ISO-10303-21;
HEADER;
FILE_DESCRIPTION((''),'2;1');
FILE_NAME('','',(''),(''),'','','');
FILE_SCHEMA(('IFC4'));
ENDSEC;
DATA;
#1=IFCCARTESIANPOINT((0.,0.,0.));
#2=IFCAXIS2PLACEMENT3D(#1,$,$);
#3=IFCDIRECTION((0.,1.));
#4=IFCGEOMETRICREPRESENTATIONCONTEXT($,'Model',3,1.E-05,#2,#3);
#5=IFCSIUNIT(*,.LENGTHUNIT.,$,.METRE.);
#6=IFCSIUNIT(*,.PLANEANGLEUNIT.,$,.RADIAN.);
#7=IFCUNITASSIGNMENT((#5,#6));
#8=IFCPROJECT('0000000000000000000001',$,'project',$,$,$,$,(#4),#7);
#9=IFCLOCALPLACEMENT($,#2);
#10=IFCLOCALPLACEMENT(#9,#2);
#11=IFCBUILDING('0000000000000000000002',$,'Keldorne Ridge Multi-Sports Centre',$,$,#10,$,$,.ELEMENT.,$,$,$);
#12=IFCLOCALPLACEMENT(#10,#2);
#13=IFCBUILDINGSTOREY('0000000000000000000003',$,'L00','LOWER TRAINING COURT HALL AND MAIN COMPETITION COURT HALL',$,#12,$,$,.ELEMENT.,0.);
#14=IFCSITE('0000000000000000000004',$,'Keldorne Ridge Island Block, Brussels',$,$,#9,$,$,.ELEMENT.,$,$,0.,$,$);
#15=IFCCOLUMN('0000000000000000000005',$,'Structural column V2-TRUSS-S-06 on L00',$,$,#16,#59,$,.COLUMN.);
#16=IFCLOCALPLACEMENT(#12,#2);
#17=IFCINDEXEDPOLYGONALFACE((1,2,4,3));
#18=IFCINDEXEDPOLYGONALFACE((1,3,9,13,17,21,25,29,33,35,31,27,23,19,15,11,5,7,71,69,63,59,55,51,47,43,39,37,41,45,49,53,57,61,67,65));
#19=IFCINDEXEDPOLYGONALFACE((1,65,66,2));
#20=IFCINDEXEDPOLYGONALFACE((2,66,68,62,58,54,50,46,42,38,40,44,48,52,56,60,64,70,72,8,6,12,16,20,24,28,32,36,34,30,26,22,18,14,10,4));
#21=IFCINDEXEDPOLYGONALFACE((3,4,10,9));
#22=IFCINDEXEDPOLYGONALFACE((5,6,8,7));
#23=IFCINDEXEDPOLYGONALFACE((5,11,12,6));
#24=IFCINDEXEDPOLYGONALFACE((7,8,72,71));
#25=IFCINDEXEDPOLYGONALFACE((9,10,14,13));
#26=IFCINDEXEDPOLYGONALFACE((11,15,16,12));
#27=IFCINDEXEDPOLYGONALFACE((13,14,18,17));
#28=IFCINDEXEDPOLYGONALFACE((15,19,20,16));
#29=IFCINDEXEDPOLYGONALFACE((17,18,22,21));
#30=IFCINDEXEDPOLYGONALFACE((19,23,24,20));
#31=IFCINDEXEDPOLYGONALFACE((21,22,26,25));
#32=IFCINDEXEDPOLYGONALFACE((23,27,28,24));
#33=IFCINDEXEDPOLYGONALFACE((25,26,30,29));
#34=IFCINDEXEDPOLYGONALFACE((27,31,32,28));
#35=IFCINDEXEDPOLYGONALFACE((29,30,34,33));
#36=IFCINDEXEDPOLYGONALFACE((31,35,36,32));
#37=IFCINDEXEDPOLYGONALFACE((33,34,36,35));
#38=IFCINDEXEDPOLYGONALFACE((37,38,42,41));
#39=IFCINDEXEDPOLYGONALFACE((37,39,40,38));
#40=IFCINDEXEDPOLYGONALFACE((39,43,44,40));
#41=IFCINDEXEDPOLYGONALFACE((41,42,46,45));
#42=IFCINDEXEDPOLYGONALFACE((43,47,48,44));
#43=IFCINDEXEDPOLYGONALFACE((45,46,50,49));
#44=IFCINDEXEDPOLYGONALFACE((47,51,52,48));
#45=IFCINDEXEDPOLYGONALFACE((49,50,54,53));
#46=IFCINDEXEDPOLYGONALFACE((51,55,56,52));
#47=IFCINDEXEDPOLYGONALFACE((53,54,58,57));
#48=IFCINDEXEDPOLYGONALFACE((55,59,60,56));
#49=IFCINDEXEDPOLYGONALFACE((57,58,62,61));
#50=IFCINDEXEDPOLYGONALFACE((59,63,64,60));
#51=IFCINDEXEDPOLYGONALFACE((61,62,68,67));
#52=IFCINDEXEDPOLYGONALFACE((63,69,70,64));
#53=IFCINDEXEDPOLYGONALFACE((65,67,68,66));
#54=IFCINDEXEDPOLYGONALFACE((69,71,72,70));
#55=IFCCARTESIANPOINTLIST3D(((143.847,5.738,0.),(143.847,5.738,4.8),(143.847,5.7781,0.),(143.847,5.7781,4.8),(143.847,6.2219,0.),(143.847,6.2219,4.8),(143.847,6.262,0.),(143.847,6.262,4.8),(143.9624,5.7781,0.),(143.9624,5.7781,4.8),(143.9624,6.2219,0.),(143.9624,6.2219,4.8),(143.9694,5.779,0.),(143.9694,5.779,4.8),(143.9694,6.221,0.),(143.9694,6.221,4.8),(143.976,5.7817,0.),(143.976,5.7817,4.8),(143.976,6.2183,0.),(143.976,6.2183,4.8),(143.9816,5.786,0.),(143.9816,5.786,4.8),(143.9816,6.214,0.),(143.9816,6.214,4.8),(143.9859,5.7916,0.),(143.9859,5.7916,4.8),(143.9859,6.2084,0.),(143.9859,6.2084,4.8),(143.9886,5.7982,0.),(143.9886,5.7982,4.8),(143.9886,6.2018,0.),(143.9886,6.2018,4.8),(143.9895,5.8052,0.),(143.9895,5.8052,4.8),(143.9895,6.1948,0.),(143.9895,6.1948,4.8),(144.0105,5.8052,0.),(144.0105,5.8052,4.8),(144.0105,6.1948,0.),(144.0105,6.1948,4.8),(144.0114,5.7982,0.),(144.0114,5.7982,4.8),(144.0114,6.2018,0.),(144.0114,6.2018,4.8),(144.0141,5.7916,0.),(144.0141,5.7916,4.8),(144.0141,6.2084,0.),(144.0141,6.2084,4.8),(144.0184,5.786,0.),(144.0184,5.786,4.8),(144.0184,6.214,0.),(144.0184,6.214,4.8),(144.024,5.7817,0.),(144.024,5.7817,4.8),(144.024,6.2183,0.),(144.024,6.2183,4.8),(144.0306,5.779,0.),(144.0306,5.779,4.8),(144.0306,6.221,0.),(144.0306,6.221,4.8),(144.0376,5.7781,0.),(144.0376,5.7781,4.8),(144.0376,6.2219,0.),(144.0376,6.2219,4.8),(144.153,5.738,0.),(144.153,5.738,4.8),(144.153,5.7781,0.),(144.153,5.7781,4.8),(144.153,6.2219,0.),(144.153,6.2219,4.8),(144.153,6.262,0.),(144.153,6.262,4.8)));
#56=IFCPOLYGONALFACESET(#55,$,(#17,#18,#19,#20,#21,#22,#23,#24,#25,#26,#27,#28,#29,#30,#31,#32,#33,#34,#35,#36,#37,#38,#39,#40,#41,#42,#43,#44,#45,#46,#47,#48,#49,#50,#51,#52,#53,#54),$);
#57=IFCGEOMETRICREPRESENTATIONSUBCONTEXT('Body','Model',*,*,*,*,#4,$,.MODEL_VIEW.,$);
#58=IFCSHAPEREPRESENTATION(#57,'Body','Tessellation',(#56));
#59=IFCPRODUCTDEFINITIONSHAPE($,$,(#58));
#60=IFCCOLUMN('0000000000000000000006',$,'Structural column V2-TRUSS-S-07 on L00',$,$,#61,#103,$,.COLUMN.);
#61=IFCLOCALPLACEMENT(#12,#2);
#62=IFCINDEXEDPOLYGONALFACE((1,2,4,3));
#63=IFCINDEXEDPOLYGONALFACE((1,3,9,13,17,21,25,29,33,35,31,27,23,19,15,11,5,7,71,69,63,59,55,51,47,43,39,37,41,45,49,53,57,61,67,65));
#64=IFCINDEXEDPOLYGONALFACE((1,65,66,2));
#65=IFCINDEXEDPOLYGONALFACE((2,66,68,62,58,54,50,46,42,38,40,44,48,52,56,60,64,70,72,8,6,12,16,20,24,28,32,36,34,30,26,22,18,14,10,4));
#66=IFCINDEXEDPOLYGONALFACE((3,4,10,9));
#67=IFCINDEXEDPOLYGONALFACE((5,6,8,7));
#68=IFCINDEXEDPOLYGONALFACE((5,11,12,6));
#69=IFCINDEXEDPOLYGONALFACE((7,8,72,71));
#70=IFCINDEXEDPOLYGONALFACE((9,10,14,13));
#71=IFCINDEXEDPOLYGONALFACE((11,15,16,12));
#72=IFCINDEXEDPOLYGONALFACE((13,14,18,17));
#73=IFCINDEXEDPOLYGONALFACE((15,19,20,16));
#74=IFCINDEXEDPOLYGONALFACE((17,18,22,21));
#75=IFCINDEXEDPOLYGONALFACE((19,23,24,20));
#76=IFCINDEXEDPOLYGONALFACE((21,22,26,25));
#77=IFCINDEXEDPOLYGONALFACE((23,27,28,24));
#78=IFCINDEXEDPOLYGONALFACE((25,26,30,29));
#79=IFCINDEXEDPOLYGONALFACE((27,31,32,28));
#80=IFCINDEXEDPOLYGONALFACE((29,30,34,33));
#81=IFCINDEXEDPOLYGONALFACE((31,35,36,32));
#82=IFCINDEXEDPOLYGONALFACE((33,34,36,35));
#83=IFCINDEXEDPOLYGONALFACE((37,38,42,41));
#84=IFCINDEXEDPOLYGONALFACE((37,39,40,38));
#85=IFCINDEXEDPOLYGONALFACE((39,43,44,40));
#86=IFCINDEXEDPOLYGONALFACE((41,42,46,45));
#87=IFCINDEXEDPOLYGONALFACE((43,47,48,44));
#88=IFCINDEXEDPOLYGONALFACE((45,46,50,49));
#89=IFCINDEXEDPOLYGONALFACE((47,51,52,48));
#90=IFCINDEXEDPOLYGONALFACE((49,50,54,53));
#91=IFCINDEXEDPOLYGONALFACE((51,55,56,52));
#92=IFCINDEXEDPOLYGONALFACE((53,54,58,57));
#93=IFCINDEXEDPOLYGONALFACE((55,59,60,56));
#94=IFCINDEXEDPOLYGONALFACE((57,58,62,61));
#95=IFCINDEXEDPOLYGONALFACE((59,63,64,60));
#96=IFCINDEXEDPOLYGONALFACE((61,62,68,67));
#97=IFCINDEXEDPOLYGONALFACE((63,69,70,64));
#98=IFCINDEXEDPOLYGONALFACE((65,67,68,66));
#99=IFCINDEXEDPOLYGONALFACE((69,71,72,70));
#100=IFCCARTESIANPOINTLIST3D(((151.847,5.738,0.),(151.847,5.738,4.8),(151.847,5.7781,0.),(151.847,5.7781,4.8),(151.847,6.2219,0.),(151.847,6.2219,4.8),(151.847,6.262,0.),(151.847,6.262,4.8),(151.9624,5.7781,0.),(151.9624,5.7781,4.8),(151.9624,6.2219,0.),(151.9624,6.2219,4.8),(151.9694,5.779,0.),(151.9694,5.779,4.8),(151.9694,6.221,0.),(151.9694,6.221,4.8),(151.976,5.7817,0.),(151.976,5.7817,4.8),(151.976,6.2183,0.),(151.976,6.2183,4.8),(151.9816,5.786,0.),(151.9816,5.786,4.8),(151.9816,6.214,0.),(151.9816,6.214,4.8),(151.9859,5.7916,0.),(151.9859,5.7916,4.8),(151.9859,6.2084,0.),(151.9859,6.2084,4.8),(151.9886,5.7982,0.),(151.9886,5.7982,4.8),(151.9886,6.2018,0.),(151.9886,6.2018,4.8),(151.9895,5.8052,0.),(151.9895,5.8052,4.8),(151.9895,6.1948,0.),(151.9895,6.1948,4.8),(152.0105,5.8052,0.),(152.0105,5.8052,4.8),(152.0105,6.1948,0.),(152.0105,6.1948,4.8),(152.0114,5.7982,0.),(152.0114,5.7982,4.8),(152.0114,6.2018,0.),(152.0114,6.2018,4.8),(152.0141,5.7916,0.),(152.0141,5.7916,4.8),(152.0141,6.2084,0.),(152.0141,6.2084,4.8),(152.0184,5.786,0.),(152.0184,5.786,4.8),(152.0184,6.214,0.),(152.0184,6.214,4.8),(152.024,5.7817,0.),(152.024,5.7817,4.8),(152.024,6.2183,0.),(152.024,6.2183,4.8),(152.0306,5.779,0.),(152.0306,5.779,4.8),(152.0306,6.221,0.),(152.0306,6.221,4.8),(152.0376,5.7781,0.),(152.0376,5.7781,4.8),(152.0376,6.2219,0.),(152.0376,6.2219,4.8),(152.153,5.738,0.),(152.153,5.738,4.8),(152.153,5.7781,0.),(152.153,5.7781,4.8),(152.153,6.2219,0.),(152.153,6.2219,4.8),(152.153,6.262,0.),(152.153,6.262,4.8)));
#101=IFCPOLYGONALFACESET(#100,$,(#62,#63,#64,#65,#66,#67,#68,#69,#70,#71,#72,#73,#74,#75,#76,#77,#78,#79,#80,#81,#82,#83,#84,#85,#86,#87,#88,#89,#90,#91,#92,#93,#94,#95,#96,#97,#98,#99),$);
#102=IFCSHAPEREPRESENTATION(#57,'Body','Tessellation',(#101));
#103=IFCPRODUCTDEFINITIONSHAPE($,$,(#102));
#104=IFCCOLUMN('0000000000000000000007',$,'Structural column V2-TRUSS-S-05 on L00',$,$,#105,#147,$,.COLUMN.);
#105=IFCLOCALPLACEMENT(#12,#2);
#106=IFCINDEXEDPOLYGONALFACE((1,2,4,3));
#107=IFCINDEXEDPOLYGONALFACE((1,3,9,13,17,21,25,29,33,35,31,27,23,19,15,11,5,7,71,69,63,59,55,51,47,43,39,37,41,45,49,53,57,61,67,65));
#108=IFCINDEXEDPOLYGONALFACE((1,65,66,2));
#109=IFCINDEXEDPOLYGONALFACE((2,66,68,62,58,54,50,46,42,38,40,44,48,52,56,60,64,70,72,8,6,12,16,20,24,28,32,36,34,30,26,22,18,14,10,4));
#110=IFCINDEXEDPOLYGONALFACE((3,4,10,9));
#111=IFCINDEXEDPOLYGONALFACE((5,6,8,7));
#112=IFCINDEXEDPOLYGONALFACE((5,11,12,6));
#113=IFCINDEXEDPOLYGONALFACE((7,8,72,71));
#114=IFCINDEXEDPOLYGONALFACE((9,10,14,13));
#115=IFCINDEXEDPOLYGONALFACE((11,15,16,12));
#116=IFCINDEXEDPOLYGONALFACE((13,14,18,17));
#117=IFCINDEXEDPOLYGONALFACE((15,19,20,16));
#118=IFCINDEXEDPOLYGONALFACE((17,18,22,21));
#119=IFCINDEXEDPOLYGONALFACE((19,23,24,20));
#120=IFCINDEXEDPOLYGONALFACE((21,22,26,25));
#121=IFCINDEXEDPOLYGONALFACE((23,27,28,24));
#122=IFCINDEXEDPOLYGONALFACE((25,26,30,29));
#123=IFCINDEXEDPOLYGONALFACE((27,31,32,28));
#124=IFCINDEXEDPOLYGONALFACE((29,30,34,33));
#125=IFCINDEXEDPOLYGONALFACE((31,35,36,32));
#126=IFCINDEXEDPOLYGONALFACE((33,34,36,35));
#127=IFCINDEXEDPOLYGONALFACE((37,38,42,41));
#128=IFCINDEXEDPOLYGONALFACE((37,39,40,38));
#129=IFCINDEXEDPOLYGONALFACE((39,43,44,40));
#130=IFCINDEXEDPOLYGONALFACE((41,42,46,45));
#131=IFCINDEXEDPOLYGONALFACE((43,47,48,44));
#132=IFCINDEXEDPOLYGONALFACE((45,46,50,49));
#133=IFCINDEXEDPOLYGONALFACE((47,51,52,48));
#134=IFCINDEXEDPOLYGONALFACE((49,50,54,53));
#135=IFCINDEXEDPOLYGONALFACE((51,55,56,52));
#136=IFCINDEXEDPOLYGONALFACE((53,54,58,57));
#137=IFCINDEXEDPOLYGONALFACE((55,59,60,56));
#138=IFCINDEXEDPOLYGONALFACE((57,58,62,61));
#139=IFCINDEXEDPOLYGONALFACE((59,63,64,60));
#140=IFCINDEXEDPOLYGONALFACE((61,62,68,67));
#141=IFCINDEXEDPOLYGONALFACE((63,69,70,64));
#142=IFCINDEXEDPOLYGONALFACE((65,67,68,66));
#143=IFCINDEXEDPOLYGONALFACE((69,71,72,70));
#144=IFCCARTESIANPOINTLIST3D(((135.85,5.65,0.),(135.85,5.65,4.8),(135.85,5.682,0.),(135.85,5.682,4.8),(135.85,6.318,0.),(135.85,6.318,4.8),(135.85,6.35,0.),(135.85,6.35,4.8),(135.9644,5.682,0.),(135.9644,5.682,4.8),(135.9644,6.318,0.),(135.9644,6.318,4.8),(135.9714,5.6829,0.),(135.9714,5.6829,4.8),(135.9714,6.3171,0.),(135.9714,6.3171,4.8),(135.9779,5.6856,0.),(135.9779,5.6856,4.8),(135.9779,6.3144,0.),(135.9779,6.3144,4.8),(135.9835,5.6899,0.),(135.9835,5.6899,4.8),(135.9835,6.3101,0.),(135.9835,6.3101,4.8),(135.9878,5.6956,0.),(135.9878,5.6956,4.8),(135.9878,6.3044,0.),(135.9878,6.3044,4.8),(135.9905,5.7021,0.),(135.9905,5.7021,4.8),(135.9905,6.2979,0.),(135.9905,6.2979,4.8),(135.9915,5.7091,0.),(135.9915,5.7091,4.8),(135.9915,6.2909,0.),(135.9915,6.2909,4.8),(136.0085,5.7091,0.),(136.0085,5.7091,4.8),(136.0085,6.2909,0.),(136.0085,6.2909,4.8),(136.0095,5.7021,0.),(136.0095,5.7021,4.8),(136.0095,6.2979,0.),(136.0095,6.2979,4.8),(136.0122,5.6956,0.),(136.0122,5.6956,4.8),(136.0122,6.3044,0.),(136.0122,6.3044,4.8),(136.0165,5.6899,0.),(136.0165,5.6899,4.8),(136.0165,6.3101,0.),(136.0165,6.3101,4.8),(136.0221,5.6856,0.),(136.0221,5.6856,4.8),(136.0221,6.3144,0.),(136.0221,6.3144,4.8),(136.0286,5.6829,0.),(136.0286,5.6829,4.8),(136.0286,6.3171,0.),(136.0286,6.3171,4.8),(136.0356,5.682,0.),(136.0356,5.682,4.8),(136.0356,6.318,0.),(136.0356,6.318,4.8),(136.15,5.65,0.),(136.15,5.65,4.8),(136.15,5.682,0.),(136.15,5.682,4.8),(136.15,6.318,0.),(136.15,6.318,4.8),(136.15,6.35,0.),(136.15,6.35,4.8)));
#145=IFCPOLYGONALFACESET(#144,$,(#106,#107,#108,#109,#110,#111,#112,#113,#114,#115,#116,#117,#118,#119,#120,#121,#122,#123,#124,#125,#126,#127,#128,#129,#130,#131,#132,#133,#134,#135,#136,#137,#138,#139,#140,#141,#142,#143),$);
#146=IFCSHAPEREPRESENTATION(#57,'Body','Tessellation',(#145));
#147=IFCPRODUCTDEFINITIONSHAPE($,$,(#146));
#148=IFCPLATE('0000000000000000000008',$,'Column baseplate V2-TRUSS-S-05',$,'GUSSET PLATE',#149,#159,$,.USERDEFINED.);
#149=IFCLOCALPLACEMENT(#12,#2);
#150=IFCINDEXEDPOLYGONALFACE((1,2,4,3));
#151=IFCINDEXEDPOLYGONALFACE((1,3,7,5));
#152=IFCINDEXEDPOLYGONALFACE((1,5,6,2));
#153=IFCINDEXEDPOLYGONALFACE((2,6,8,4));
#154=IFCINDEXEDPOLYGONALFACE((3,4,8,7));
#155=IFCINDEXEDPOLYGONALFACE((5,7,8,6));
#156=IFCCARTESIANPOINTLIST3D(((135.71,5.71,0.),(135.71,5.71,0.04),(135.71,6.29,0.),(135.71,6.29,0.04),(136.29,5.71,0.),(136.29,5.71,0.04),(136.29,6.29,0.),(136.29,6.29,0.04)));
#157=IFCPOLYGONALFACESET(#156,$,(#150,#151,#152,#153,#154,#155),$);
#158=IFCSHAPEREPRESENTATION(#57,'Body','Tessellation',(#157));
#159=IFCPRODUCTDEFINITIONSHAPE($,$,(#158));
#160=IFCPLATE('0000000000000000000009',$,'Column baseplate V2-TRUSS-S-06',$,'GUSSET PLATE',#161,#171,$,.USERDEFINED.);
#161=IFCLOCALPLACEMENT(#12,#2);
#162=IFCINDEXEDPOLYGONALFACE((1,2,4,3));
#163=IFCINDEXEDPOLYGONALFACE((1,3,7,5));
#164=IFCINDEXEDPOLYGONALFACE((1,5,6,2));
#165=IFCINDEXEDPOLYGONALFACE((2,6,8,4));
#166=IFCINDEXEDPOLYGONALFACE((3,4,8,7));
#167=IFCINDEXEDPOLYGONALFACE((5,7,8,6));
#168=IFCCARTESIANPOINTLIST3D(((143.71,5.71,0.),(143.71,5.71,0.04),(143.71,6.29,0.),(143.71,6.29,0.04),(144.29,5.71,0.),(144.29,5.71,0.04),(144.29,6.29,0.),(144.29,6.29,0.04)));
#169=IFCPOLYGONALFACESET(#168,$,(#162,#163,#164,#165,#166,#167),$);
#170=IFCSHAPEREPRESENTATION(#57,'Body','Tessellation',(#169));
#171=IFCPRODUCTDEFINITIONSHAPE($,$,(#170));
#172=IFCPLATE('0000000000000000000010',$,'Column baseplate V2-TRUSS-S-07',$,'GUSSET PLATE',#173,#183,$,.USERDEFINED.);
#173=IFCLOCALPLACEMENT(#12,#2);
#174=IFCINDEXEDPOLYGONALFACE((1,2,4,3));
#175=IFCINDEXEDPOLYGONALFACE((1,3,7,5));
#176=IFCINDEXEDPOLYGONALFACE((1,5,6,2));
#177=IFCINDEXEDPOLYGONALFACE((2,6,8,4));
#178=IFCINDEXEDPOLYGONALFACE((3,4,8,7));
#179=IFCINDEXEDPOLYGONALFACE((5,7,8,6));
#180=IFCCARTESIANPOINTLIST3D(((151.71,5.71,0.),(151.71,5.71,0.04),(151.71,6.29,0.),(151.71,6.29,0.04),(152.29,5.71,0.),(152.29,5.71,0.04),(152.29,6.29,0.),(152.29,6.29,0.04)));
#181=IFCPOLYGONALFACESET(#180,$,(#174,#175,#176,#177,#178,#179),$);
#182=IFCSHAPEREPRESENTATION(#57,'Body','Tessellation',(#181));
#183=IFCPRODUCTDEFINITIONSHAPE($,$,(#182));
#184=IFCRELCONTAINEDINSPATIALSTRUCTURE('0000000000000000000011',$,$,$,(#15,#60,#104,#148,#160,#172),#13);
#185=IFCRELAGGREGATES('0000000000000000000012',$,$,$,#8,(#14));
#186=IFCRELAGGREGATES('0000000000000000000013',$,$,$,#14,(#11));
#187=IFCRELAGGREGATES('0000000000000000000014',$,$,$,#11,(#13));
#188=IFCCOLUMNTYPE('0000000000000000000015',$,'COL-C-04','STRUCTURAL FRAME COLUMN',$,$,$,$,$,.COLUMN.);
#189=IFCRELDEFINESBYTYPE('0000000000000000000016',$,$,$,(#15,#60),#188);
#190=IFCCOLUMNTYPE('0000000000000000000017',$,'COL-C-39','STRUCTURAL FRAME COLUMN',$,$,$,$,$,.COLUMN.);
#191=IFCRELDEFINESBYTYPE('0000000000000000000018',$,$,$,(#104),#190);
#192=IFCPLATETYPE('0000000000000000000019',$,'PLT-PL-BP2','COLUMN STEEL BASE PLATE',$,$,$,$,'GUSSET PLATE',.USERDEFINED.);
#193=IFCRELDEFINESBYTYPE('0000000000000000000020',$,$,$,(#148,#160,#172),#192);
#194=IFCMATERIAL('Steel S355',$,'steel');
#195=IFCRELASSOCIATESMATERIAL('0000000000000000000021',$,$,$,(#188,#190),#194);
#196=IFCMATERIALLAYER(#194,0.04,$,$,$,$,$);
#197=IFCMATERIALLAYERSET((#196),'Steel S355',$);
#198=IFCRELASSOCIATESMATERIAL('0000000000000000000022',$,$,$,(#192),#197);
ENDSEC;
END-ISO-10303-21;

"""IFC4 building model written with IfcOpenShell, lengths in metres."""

from ifc_helpers import new_model, si_unit, direction, frame, origin, origin_2d, place, context, subcontext, project, spatial, rectangle, i_section, extrude, material, layer, layer_set, material_profile, profile_set, type_object, element, save


model = new_model("IFC4")

# Units and contexts
model_context = context("Model", 3, precision=1e-05, world=origin(), true_north=direction((0.0, 1.0)))
body_context = subcontext(model_context, "Body", "Model", "MODEL_VIEW")
ifc_project = project(units=[si_unit("LENGTHUNIT", "METRE"), si_unit("PLANEANGLEUNIT", "RADIAN")], contexts=[model_context])

# Site, building, storey
site_placement = place(None, origin())
site = spatial("IfcSite", under=ifc_project, at=site_placement, Name="Keldorne Ridge Island Block, Brussels", CompositionType="ELEMENT", RefElevation=0.0)
building_placement = place(site_placement, origin())
building = spatial("IfcBuilding", under=site, at=building_placement, Name="Keldorne Ridge Multi-Sports Centre", CompositionType="ELEMENT")
storey_placement = place(building_placement, origin())
storey = spatial("IfcBuildingStorey", under=building, at=storey_placement, Name="L00", Description="LOWER TRAINING COURT HALL AND MAIN COMPETITION COURT HALL", CompositionType="ELEMENT", Elevation=0.0)

# Columns
ifc_material_1 = material(Name="Steel S355", Category="steel")
ifc_material_profile_1 = material_profile(ifc_material_1, i_section(OverallWidth=0.3059, OverallDepth=0.5239, WebThickness=0.021, FlangeThickness=0.04, FilletRadius=0.0271, at=origin_2d()), Name="HEM 500")
ifc_profile_set_1 = profile_set([ifc_material_profile_1], Name="Steel S355")
column_type_1 = type_object("IfcColumnType", Name="COL-C-04", Description="STRUCTURAL FRAME COLUMN", PredefinedType="COLUMN", material=ifc_profile_set_1)
for number, where, z_axis, x_axis, name in (
    (1, (144.0, 6.0, 0.0), (0.0, 0.0, 1.0), (1.0, 0.0, 0.0), "Structural column V2-TRUSS-S-06 on L00"),
    (2, (152.0, 6.0, 0.0), (0.0, 0.0, 1.0), (1.0, 0.0, 0.0), "Structural column V2-TRUSS-S-07 on L00"),
):
    element("IfcColumn", number, at=place(storey_placement, frame(where, z_axis=z_axis, x_axis=x_axis)), inside=storey, type_object=column_type_1, Name=name, PredefinedType="COLUMN", context=body_context, shape_type="SweptSolid", body=[
        extrude(i_section(OverallWidth=0.3059, OverallDepth=0.5239, WebThickness=0.021, FlangeThickness=0.04, FilletRadius=0.0271, at=origin_2d()), origin(), (0.0, 0.0, 1.0), 4.8),
    ])
ifc_material_profile_2 = material_profile(ifc_material_1, i_section(OverallWidth=0.3, OverallDepth=0.7, WebThickness=0.0171, FlangeThickness=0.032, FilletRadius=0.0271, at=origin_2d()), Name="HEB 700")
ifc_profile_set_2 = profile_set([ifc_material_profile_2], Name="Steel S355")
column_type_2 = type_object("IfcColumnType", Name="COL-C-39", Description="STRUCTURAL FRAME COLUMN", PredefinedType="COLUMN", material=ifc_profile_set_2)
column_placement = place(storey_placement, frame((136.0, 6.0, 0.0), z_axis=(0.0, 0.0, 1.0), x_axis=(1.0, 0.0, 0.0)))
element("IfcColumn", 3, at=column_placement, inside=storey, type_object=column_type_2, Name="Structural column V2-TRUSS-S-05 on L00", PredefinedType="COLUMN", context=body_context, shape_type="SweptSolid", body=[
    extrude(i_section(OverallWidth=0.3, OverallDepth=0.7, WebThickness=0.0171, FlangeThickness=0.032, FilletRadius=0.0271, at=origin_2d()), origin(), (0.0, 0.0, 1.0), 4.8),
])

# Plates
ifc_layer_1 = layer(ifc_material_1, 0.04)
ifc_layer_set_1 = layer_set([ifc_layer_1], Name="Steel S355")
plate_type = type_object("IfcPlateType", Name="PLT-PL-BP2", Description="COLUMN STEEL BASE PLATE", ElementType="GUSSET PLATE", PredefinedType="USERDEFINED", material=ifc_layer_set_1)
for number, where, z_axis, x_axis, name in (
    (4, (136.0, 6.0, 0.0), (0.0, 0.0, 1.0), (1.0, 0.0, 0.0), "Column baseplate V2-TRUSS-S-05"),
    (5, (144.0, 6.0, 0.0), (0.0, 0.0, 1.0), (1.0, 0.0, 0.0), "Column baseplate V2-TRUSS-S-06"),
    (6, (152.0, 6.0, 0.0), (0.0, 0.0, 1.0), (1.0, 0.0, 0.0), "Column baseplate V2-TRUSS-S-07"),
):
    element("IfcPlate", number, at=place(storey_placement, frame(where, z_axis=z_axis, x_axis=x_axis)), inside=storey, type_object=plate_type, Name=name, ObjectType="GUSSET PLATE", PredefinedType="USERDEFINED", context=body_context, shape_type="SweptSolid", body=[
        extrude(rectangle(XDim=0.5801, YDim=0.5801, at=origin_2d()), origin(), (0.0, 0.0, 1.0), 0.04),
    ])

save(model, "model.ifc")
